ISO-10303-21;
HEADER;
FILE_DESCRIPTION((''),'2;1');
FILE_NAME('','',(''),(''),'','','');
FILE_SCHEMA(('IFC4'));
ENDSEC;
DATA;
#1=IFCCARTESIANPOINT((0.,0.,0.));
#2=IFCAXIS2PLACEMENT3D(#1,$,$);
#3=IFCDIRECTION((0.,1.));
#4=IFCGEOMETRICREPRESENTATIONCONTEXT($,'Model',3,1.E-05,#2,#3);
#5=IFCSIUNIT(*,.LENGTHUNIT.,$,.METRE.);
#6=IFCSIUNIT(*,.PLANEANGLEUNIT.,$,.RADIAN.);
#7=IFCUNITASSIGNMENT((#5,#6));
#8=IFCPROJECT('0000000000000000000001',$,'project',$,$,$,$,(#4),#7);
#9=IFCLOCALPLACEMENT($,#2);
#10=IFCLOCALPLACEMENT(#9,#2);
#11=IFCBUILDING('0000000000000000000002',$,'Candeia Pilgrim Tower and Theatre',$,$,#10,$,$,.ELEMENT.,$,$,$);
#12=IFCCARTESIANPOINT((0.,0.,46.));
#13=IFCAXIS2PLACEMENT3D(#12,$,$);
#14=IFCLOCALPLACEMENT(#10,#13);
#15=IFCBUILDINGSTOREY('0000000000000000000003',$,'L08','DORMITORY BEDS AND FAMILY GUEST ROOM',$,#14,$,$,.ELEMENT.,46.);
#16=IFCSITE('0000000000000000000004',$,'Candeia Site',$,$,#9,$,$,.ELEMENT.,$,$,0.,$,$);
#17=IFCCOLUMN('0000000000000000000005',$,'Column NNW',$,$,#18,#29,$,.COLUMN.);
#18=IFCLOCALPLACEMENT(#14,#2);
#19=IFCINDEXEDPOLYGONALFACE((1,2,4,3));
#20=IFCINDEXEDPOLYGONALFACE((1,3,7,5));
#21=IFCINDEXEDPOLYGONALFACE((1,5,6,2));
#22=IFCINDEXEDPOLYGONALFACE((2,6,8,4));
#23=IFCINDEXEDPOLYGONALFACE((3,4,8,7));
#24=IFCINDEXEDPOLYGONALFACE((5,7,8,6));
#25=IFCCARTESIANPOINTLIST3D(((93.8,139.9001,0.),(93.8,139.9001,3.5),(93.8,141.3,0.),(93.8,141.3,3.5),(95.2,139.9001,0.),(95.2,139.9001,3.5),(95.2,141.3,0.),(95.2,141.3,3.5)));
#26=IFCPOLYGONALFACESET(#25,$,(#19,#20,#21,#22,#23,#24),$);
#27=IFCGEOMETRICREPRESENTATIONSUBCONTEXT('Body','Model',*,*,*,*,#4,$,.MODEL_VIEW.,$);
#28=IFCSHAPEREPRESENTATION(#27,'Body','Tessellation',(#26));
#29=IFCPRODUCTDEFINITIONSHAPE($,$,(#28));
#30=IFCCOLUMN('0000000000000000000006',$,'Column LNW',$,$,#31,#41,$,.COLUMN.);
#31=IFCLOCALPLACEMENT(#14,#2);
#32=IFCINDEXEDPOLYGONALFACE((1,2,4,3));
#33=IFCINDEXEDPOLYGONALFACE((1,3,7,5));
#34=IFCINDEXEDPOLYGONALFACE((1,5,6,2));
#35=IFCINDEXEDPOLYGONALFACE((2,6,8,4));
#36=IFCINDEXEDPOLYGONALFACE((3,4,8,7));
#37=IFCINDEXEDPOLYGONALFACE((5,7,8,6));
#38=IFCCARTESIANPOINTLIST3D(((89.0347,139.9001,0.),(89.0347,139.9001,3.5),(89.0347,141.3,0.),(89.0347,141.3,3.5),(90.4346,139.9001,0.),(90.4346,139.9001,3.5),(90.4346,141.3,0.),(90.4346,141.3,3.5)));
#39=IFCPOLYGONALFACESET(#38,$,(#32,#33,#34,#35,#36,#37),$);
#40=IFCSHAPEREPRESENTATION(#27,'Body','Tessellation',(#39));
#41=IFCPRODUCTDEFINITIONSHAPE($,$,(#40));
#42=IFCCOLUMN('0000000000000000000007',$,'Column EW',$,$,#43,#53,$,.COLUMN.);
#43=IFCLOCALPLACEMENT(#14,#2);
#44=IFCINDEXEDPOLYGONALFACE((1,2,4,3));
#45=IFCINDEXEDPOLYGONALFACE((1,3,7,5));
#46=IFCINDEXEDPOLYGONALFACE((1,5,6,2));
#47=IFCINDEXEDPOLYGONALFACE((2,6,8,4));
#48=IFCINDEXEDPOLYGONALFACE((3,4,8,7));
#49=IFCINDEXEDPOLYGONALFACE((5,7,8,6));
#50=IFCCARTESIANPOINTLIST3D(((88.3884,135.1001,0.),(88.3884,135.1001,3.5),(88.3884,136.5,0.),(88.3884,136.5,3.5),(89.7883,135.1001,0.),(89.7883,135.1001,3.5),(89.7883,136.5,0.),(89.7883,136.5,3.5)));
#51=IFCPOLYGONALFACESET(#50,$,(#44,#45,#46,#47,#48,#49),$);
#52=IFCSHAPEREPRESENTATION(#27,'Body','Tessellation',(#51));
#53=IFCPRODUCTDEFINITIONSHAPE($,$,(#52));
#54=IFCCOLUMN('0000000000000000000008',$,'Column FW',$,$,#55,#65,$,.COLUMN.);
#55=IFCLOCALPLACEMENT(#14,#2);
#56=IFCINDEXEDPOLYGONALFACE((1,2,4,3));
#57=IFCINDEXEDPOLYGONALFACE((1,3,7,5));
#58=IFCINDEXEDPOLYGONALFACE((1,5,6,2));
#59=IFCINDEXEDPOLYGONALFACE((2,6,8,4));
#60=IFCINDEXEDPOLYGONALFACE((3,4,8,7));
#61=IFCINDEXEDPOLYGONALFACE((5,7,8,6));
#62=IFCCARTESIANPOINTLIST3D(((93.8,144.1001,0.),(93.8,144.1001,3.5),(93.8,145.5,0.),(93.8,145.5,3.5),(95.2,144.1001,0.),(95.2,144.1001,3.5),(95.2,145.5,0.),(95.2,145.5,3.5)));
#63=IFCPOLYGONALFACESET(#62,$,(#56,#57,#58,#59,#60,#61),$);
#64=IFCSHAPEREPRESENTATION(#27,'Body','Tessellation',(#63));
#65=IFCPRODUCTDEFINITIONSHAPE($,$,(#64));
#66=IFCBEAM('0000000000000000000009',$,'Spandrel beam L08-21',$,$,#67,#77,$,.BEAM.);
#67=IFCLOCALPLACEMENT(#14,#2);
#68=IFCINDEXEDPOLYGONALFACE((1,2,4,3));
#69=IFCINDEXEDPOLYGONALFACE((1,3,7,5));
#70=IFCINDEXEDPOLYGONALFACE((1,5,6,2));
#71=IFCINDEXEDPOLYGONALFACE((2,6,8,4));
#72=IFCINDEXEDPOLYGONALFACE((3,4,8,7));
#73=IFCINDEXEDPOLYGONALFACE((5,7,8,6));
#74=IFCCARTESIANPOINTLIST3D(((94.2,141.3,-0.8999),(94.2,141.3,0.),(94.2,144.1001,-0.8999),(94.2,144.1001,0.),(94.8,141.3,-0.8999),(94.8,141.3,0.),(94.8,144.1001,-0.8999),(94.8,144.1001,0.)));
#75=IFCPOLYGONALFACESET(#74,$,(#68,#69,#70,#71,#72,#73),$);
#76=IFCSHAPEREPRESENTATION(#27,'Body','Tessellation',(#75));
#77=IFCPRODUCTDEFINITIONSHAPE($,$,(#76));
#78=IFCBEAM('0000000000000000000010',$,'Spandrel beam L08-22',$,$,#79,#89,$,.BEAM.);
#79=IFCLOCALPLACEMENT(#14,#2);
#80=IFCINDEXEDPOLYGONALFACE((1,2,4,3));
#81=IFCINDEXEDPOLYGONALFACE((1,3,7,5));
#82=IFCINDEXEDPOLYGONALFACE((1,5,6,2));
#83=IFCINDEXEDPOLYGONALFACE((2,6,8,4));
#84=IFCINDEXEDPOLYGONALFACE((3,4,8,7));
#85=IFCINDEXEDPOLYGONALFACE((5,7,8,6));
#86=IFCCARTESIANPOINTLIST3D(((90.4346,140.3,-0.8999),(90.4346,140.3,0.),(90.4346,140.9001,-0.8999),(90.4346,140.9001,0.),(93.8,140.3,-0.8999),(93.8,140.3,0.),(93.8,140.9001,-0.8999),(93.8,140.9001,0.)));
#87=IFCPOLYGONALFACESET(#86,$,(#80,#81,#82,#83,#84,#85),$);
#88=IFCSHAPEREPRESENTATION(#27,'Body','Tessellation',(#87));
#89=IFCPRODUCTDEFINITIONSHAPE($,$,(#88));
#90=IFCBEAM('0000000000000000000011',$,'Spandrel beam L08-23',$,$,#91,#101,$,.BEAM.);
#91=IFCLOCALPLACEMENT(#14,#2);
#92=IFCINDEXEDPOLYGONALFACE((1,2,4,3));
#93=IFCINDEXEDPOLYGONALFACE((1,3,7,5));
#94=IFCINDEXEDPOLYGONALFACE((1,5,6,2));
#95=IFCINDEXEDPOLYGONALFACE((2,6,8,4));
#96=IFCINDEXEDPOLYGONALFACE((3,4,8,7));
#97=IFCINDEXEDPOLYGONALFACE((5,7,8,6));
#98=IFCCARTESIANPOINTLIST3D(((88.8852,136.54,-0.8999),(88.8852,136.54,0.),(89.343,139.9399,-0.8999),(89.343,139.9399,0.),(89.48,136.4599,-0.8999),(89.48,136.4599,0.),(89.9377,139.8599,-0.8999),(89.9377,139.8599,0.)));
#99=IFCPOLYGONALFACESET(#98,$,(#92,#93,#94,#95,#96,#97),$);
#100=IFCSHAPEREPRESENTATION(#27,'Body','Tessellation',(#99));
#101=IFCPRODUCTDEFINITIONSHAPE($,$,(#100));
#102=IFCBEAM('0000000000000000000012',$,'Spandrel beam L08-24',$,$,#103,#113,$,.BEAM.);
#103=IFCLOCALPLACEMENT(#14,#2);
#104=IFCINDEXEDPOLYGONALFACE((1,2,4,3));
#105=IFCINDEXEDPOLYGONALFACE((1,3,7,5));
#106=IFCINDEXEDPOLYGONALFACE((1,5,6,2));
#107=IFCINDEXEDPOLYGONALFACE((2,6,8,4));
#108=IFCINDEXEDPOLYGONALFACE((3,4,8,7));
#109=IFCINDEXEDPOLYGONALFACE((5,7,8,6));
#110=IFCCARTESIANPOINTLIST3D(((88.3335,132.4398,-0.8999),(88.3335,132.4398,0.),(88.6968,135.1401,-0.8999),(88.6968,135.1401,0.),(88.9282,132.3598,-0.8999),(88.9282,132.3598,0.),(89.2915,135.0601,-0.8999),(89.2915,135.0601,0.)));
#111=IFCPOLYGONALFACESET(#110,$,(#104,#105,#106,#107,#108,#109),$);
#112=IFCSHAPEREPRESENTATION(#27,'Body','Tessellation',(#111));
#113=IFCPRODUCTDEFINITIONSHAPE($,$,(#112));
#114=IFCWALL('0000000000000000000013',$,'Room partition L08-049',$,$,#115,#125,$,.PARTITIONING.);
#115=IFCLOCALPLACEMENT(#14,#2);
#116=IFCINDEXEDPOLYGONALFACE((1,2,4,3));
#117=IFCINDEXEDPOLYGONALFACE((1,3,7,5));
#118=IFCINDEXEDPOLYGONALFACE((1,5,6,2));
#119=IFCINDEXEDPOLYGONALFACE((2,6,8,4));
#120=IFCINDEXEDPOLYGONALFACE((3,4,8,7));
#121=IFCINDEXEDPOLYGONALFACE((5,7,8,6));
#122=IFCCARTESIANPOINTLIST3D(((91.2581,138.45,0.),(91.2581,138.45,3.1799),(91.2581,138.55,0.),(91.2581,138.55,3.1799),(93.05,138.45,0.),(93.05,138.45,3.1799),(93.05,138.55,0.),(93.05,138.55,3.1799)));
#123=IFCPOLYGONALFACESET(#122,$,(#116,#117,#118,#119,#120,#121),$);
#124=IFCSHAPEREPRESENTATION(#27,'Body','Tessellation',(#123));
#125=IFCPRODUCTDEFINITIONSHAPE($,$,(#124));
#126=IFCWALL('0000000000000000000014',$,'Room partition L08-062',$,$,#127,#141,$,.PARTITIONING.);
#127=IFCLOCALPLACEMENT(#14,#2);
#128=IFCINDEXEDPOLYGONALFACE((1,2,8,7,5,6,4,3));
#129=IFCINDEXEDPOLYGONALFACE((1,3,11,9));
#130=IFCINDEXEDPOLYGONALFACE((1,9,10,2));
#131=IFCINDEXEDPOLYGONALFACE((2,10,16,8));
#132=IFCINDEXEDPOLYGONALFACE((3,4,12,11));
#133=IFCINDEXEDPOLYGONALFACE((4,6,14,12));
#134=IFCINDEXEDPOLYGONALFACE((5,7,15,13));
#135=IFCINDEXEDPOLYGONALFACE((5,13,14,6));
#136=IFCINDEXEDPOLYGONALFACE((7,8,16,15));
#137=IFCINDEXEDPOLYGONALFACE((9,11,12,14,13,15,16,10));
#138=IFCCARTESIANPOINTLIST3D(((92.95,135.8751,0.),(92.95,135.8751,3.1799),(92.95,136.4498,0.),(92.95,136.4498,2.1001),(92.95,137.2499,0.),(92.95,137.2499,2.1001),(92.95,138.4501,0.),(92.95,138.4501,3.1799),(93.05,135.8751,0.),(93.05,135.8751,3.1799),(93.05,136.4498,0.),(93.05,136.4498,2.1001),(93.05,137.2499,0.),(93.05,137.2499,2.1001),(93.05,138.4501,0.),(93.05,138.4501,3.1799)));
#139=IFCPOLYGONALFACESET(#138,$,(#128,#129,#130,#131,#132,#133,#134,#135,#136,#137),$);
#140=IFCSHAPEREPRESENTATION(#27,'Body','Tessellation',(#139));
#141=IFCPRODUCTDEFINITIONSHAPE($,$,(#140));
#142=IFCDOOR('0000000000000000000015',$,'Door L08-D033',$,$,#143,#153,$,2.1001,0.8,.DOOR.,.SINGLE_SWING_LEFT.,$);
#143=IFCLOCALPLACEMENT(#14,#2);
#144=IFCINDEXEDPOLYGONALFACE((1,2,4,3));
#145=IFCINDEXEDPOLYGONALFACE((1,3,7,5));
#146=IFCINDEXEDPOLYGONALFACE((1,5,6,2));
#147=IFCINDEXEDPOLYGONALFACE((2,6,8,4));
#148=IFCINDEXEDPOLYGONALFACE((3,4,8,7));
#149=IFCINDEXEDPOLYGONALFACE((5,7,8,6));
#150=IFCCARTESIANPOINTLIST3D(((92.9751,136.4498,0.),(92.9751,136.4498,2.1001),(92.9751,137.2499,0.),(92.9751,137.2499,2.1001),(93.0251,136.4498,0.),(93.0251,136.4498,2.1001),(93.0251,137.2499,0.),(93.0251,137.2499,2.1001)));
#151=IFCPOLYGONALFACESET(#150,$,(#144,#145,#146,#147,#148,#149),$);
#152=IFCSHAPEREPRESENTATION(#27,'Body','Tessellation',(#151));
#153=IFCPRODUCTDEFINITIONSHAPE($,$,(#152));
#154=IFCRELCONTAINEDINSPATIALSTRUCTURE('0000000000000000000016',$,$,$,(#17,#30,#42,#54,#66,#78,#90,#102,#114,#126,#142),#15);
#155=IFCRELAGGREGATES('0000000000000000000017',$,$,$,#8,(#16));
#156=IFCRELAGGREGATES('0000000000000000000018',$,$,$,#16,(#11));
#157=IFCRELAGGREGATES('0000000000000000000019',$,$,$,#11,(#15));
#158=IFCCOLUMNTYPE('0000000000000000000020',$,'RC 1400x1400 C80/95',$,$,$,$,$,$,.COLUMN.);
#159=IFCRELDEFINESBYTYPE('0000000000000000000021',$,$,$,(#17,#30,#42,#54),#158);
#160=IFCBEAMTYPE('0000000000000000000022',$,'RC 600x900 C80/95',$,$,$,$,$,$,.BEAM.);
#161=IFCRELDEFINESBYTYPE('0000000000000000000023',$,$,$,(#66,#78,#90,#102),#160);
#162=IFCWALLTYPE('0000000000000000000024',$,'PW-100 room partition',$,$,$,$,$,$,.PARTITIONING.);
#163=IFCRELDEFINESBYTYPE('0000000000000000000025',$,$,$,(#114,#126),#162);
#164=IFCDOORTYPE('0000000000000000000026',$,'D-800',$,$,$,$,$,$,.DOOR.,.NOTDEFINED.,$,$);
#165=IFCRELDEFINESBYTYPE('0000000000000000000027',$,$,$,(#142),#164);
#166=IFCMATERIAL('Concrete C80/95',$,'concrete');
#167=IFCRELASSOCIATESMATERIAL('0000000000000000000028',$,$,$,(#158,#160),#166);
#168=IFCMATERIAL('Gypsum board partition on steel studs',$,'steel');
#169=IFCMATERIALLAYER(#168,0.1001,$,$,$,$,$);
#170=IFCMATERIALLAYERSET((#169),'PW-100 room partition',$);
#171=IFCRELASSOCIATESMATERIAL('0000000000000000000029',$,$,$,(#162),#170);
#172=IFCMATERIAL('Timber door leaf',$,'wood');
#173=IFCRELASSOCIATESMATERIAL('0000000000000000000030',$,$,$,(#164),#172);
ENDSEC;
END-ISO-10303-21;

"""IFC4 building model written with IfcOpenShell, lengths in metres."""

from ifc_helpers import new_model, si_unit, direction, frame, frame_2d, origin, origin_2d, place, context, subcontext, project, spatial, rectangle, extrude, material, layer, layer_set, material_profile, profile_set, type_object, element, fill, save


model = new_model("IFC4")

# Units and contexts
model_context = context("Model", 3, precision=1e-05, world=origin(), true_north=direction((0.0, 1.0)))
body_context = subcontext(model_context, "Body", "Model", "MODEL_VIEW")
ifc_project = project(units=[si_unit("LENGTHUNIT", "METRE"), si_unit("PLANEANGLEUNIT", "RADIAN")], contexts=[model_context])

# Site, building, storey
site_placement = place(None, origin())
site = spatial("IfcSite", under=ifc_project, at=site_placement, Name="Candeia Site", CompositionType="ELEMENT", RefElevation=0.0)
building_placement = place(site_placement, origin())
building = spatial("IfcBuilding", under=site, at=building_placement, Name="Candeia Pilgrim Tower and Theatre", CompositionType="ELEMENT")
storey_placement = place(building_placement, frame((0.0, 0.0, 46.0)))
storey = spatial("IfcBuildingStorey", under=building, at=storey_placement, Name="L08", Description="DORMITORY BEDS AND FAMILY GUEST ROOM", CompositionType="ELEMENT", Elevation=46.0)

# Columns
ifc_material_1 = material(Name="Concrete C80/95", Category="concrete")
ifc_material_profile_1 = material_profile(ifc_material_1, rectangle(XDim=1.3999, YDim=1.3999, at=origin_2d()))
ifc_profile_set_1 = profile_set([ifc_material_profile_1], Name="Concrete C80/95")
column_type = type_object("IfcColumnType", Name="RC 1400x1400 C80/95", PredefinedType="COLUMN", material=ifc_profile_set_1)
for number, where, z_axis, x_axis, name in (
    (1, (94.5, 140.6001, 0.0), (0.0, 0.0, 1.0), (1.0, 0.0, 0.0), "Column NNW"),
    (2, (89.7346, 140.6001, 0.0), (0.0, 0.0, 1.0), (1.0, 0.0, 0.0), "Column LNW"),
    (3, (89.0884, 135.8, 0.0), (0.0, 0.0, 1.0), (1.0, 0.0, 0.0), "Column EW"),
    (4, (94.5, 144.8, 0.0), (0.0, 0.0, 1.0), (1.0, 0.0, 0.0), "Column FW"),
):
    element("IfcColumn", number, at=place(storey_placement, frame(where, z_axis=z_axis, x_axis=x_axis)), inside=storey, type_object=column_type, Name=name, PredefinedType="COLUMN", context=body_context, shape_type="SweptSolid", body=[
        extrude(rectangle(XDim=1.3999, YDim=1.3999, at=origin_2d()), origin(), (0.0, 0.0, 1.0), 3.5),
    ])

# Beams
ifc_material_profile_2 = material_profile(ifc_material_1, rectangle(XDim=0.6001, YDim=0.8999, at=origin_2d()))
ifc_profile_set_2 = profile_set([ifc_material_profile_2], Name="Concrete C80/95")
beam_type = type_object("IfcBeamType", Name="RC 600x900 C80/95", PredefinedType="BEAM", material=ifc_profile_set_2)
beam_1_placement = place(storey_placement, frame((94.5, 144.1001, -0.45), z_axis=(0.0, -1.0, 0.0), x_axis=(1.0, 0.0, 0.0)))
element("IfcBeam", 5, at=beam_1_placement, inside=storey, type_object=beam_type, Name="Spandrel beam L08-21", PredefinedType="BEAM", context=body_context, shape_type="SweptSolid", body=[
    extrude(rectangle(XDim=0.6001, YDim=0.8999, at=origin_2d()), origin(), (0.0, 0.0, 1.0), 2.8),
])
beam_2_placement = place(storey_placement, frame((93.8, 140.6001, -0.45), z_axis=(-1.0, 0.0, 0.0), x_axis=(0.0, -1.0, 0.0)))
element("IfcBeam", 6, at=beam_2_placement, inside=storey, type_object=beam_type, Name="Spandrel beam L08-22", PredefinedType="BEAM", context=body_context, shape_type="SweptSolid", body=[
    extrude(rectangle(XDim=0.6001, YDim=0.8999, at=origin_2d()), origin(), (0.0, 0.0, 1.0), 3.3655),
])
beam_3_placement = place(storey_placement, frame((89.6404, 139.8999, -0.45), z_axis=(-0.133436, -0.991057, 0.0), x_axis=(0.991057, -0.133436, 0.0)))
element("IfcBeam", 7, at=beam_3_placement, inside=storey, type_object=beam_type, Name="Spandrel beam L08-23", PredefinedType="BEAM", context=body_context, shape_type="SweptSolid", body=[
    extrude(rectangle(XDim=0.6001, YDim=0.8999, at=origin_2d()), origin(), (0.0, 0.0, 1.0), 3.4307),
])
beam_4_placement = place(storey_placement, frame((88.9941, 135.1001, -0.45), z_axis=(-0.133338, -0.991071, 0.0), x_axis=(0.991071, -0.133338, 0.0)))
element("IfcBeam", 8, at=beam_4_placement, inside=storey, type_object=beam_type, Name="Spandrel beam L08-24", PredefinedType="BEAM", context=body_context, shape_type="SweptSolid", body=[
    extrude(rectangle(XDim=0.6001, YDim=0.8999, at=origin_2d()), origin(), (0.0, 0.0, 1.0), 2.7246),
])

# Wall
ifc_material_2 = material(Name="Gypsum board partition on steel studs", Category="steel")
ifc_layer_1 = layer(ifc_material_2, 0.1001)
ifc_layer_set_1 = layer_set([ifc_layer_1], Name="PW-100 room partition")
wall_type_1 = type_object("IfcWallType", Name="PW-100 room partition", PredefinedType="PARTITIONING", material=ifc_layer_set_1)
wall_1_placement = place(storey_placement, frame((91.2581, 138.5, 0.0), z_axis=(0.0, 0.0, 1.0), x_axis=(1.0, 0.0, 0.0)))
element("IfcWall", 9, at=wall_1_placement, inside=storey, type_object=wall_type_1, Name="Room partition L08-049", PredefinedType="PARTITIONING", context=body_context, shape_type="SweptSolid", body=[
    extrude(rectangle(XDim=1.792, YDim=0.1001, at=frame_2d((0.896, 0.0))), origin(), (0.0, 0.0, 1.0), 3.1799),
])

# Wall, opening, door
wall_2_placement = place(storey_placement, frame((93.0, 135.875, 0.0), z_axis=(0.0, 0.0, 1.0), x_axis=(0.0, 1.0, 0.0)))
wall_2 = element("IfcWall", 10, at=wall_2_placement, inside=storey, type_object=wall_type_1, Name="Room partition L08-062", PredefinedType="PARTITIONING", context=body_context, shape_type="SweptSolid", body=[
    extrude(rectangle(XDim=2.575, YDim=0.1001, at=frame_2d((1.2876, 0.0))), origin(), (0.0, 0.0, 1.0), 3.1799),
])
opening_1_placement = place(wall_2_placement, frame((0.575, 0.0, 0.0)))
opening_1 = element("IfcOpeningElement", 11, at=opening_1_placement, cuts=wall_2, PredefinedType="OPENING", context=body_context, shape_type="SweptSolid", body=[
    extrude(rectangle(XDim=0.8, YDim=2.1001, at=frame_2d((0.3999, 1.05))), frame((0.0, 0.0601, 0.0), z_axis=(0.0, -1.0, 0.0), x_axis=(1.0, 0.0, 0.0)), (0.0, 0.0, 1.0), 0.1201),
])
ifc_material_3 = material(Name="Timber door leaf", Category="wood")
door_type_1 = type_object("IfcDoorType", Name="D-800", OperationType="NOTDEFINED", PredefinedType="DOOR", material=ifc_material_3)
door_1_placement = place(opening_1_placement, origin())
door_1 = element("IfcDoor", 12, at=door_1_placement, inside=storey, type_object=door_type_1, Name="Door L08-D033", OperationType="SINGLE_SWING_LEFT", OverallHeight=2.1001, OverallWidth=0.8, PredefinedType="DOOR", context=body_context, shape_type="SweptSolid", body=[
    extrude(rectangle(XDim=0.8, YDim=2.1001, at=frame_2d((0.3999, 1.05))), frame((0.0, 0.0249, 0.0), z_axis=(0.0, -1.0, 0.0), x_axis=(1.0, 0.0, 0.0)), (0.0, 0.0, 1.0), 0.05),
])
fill(opening_1, door_1)

save(model, "model.ifc")
